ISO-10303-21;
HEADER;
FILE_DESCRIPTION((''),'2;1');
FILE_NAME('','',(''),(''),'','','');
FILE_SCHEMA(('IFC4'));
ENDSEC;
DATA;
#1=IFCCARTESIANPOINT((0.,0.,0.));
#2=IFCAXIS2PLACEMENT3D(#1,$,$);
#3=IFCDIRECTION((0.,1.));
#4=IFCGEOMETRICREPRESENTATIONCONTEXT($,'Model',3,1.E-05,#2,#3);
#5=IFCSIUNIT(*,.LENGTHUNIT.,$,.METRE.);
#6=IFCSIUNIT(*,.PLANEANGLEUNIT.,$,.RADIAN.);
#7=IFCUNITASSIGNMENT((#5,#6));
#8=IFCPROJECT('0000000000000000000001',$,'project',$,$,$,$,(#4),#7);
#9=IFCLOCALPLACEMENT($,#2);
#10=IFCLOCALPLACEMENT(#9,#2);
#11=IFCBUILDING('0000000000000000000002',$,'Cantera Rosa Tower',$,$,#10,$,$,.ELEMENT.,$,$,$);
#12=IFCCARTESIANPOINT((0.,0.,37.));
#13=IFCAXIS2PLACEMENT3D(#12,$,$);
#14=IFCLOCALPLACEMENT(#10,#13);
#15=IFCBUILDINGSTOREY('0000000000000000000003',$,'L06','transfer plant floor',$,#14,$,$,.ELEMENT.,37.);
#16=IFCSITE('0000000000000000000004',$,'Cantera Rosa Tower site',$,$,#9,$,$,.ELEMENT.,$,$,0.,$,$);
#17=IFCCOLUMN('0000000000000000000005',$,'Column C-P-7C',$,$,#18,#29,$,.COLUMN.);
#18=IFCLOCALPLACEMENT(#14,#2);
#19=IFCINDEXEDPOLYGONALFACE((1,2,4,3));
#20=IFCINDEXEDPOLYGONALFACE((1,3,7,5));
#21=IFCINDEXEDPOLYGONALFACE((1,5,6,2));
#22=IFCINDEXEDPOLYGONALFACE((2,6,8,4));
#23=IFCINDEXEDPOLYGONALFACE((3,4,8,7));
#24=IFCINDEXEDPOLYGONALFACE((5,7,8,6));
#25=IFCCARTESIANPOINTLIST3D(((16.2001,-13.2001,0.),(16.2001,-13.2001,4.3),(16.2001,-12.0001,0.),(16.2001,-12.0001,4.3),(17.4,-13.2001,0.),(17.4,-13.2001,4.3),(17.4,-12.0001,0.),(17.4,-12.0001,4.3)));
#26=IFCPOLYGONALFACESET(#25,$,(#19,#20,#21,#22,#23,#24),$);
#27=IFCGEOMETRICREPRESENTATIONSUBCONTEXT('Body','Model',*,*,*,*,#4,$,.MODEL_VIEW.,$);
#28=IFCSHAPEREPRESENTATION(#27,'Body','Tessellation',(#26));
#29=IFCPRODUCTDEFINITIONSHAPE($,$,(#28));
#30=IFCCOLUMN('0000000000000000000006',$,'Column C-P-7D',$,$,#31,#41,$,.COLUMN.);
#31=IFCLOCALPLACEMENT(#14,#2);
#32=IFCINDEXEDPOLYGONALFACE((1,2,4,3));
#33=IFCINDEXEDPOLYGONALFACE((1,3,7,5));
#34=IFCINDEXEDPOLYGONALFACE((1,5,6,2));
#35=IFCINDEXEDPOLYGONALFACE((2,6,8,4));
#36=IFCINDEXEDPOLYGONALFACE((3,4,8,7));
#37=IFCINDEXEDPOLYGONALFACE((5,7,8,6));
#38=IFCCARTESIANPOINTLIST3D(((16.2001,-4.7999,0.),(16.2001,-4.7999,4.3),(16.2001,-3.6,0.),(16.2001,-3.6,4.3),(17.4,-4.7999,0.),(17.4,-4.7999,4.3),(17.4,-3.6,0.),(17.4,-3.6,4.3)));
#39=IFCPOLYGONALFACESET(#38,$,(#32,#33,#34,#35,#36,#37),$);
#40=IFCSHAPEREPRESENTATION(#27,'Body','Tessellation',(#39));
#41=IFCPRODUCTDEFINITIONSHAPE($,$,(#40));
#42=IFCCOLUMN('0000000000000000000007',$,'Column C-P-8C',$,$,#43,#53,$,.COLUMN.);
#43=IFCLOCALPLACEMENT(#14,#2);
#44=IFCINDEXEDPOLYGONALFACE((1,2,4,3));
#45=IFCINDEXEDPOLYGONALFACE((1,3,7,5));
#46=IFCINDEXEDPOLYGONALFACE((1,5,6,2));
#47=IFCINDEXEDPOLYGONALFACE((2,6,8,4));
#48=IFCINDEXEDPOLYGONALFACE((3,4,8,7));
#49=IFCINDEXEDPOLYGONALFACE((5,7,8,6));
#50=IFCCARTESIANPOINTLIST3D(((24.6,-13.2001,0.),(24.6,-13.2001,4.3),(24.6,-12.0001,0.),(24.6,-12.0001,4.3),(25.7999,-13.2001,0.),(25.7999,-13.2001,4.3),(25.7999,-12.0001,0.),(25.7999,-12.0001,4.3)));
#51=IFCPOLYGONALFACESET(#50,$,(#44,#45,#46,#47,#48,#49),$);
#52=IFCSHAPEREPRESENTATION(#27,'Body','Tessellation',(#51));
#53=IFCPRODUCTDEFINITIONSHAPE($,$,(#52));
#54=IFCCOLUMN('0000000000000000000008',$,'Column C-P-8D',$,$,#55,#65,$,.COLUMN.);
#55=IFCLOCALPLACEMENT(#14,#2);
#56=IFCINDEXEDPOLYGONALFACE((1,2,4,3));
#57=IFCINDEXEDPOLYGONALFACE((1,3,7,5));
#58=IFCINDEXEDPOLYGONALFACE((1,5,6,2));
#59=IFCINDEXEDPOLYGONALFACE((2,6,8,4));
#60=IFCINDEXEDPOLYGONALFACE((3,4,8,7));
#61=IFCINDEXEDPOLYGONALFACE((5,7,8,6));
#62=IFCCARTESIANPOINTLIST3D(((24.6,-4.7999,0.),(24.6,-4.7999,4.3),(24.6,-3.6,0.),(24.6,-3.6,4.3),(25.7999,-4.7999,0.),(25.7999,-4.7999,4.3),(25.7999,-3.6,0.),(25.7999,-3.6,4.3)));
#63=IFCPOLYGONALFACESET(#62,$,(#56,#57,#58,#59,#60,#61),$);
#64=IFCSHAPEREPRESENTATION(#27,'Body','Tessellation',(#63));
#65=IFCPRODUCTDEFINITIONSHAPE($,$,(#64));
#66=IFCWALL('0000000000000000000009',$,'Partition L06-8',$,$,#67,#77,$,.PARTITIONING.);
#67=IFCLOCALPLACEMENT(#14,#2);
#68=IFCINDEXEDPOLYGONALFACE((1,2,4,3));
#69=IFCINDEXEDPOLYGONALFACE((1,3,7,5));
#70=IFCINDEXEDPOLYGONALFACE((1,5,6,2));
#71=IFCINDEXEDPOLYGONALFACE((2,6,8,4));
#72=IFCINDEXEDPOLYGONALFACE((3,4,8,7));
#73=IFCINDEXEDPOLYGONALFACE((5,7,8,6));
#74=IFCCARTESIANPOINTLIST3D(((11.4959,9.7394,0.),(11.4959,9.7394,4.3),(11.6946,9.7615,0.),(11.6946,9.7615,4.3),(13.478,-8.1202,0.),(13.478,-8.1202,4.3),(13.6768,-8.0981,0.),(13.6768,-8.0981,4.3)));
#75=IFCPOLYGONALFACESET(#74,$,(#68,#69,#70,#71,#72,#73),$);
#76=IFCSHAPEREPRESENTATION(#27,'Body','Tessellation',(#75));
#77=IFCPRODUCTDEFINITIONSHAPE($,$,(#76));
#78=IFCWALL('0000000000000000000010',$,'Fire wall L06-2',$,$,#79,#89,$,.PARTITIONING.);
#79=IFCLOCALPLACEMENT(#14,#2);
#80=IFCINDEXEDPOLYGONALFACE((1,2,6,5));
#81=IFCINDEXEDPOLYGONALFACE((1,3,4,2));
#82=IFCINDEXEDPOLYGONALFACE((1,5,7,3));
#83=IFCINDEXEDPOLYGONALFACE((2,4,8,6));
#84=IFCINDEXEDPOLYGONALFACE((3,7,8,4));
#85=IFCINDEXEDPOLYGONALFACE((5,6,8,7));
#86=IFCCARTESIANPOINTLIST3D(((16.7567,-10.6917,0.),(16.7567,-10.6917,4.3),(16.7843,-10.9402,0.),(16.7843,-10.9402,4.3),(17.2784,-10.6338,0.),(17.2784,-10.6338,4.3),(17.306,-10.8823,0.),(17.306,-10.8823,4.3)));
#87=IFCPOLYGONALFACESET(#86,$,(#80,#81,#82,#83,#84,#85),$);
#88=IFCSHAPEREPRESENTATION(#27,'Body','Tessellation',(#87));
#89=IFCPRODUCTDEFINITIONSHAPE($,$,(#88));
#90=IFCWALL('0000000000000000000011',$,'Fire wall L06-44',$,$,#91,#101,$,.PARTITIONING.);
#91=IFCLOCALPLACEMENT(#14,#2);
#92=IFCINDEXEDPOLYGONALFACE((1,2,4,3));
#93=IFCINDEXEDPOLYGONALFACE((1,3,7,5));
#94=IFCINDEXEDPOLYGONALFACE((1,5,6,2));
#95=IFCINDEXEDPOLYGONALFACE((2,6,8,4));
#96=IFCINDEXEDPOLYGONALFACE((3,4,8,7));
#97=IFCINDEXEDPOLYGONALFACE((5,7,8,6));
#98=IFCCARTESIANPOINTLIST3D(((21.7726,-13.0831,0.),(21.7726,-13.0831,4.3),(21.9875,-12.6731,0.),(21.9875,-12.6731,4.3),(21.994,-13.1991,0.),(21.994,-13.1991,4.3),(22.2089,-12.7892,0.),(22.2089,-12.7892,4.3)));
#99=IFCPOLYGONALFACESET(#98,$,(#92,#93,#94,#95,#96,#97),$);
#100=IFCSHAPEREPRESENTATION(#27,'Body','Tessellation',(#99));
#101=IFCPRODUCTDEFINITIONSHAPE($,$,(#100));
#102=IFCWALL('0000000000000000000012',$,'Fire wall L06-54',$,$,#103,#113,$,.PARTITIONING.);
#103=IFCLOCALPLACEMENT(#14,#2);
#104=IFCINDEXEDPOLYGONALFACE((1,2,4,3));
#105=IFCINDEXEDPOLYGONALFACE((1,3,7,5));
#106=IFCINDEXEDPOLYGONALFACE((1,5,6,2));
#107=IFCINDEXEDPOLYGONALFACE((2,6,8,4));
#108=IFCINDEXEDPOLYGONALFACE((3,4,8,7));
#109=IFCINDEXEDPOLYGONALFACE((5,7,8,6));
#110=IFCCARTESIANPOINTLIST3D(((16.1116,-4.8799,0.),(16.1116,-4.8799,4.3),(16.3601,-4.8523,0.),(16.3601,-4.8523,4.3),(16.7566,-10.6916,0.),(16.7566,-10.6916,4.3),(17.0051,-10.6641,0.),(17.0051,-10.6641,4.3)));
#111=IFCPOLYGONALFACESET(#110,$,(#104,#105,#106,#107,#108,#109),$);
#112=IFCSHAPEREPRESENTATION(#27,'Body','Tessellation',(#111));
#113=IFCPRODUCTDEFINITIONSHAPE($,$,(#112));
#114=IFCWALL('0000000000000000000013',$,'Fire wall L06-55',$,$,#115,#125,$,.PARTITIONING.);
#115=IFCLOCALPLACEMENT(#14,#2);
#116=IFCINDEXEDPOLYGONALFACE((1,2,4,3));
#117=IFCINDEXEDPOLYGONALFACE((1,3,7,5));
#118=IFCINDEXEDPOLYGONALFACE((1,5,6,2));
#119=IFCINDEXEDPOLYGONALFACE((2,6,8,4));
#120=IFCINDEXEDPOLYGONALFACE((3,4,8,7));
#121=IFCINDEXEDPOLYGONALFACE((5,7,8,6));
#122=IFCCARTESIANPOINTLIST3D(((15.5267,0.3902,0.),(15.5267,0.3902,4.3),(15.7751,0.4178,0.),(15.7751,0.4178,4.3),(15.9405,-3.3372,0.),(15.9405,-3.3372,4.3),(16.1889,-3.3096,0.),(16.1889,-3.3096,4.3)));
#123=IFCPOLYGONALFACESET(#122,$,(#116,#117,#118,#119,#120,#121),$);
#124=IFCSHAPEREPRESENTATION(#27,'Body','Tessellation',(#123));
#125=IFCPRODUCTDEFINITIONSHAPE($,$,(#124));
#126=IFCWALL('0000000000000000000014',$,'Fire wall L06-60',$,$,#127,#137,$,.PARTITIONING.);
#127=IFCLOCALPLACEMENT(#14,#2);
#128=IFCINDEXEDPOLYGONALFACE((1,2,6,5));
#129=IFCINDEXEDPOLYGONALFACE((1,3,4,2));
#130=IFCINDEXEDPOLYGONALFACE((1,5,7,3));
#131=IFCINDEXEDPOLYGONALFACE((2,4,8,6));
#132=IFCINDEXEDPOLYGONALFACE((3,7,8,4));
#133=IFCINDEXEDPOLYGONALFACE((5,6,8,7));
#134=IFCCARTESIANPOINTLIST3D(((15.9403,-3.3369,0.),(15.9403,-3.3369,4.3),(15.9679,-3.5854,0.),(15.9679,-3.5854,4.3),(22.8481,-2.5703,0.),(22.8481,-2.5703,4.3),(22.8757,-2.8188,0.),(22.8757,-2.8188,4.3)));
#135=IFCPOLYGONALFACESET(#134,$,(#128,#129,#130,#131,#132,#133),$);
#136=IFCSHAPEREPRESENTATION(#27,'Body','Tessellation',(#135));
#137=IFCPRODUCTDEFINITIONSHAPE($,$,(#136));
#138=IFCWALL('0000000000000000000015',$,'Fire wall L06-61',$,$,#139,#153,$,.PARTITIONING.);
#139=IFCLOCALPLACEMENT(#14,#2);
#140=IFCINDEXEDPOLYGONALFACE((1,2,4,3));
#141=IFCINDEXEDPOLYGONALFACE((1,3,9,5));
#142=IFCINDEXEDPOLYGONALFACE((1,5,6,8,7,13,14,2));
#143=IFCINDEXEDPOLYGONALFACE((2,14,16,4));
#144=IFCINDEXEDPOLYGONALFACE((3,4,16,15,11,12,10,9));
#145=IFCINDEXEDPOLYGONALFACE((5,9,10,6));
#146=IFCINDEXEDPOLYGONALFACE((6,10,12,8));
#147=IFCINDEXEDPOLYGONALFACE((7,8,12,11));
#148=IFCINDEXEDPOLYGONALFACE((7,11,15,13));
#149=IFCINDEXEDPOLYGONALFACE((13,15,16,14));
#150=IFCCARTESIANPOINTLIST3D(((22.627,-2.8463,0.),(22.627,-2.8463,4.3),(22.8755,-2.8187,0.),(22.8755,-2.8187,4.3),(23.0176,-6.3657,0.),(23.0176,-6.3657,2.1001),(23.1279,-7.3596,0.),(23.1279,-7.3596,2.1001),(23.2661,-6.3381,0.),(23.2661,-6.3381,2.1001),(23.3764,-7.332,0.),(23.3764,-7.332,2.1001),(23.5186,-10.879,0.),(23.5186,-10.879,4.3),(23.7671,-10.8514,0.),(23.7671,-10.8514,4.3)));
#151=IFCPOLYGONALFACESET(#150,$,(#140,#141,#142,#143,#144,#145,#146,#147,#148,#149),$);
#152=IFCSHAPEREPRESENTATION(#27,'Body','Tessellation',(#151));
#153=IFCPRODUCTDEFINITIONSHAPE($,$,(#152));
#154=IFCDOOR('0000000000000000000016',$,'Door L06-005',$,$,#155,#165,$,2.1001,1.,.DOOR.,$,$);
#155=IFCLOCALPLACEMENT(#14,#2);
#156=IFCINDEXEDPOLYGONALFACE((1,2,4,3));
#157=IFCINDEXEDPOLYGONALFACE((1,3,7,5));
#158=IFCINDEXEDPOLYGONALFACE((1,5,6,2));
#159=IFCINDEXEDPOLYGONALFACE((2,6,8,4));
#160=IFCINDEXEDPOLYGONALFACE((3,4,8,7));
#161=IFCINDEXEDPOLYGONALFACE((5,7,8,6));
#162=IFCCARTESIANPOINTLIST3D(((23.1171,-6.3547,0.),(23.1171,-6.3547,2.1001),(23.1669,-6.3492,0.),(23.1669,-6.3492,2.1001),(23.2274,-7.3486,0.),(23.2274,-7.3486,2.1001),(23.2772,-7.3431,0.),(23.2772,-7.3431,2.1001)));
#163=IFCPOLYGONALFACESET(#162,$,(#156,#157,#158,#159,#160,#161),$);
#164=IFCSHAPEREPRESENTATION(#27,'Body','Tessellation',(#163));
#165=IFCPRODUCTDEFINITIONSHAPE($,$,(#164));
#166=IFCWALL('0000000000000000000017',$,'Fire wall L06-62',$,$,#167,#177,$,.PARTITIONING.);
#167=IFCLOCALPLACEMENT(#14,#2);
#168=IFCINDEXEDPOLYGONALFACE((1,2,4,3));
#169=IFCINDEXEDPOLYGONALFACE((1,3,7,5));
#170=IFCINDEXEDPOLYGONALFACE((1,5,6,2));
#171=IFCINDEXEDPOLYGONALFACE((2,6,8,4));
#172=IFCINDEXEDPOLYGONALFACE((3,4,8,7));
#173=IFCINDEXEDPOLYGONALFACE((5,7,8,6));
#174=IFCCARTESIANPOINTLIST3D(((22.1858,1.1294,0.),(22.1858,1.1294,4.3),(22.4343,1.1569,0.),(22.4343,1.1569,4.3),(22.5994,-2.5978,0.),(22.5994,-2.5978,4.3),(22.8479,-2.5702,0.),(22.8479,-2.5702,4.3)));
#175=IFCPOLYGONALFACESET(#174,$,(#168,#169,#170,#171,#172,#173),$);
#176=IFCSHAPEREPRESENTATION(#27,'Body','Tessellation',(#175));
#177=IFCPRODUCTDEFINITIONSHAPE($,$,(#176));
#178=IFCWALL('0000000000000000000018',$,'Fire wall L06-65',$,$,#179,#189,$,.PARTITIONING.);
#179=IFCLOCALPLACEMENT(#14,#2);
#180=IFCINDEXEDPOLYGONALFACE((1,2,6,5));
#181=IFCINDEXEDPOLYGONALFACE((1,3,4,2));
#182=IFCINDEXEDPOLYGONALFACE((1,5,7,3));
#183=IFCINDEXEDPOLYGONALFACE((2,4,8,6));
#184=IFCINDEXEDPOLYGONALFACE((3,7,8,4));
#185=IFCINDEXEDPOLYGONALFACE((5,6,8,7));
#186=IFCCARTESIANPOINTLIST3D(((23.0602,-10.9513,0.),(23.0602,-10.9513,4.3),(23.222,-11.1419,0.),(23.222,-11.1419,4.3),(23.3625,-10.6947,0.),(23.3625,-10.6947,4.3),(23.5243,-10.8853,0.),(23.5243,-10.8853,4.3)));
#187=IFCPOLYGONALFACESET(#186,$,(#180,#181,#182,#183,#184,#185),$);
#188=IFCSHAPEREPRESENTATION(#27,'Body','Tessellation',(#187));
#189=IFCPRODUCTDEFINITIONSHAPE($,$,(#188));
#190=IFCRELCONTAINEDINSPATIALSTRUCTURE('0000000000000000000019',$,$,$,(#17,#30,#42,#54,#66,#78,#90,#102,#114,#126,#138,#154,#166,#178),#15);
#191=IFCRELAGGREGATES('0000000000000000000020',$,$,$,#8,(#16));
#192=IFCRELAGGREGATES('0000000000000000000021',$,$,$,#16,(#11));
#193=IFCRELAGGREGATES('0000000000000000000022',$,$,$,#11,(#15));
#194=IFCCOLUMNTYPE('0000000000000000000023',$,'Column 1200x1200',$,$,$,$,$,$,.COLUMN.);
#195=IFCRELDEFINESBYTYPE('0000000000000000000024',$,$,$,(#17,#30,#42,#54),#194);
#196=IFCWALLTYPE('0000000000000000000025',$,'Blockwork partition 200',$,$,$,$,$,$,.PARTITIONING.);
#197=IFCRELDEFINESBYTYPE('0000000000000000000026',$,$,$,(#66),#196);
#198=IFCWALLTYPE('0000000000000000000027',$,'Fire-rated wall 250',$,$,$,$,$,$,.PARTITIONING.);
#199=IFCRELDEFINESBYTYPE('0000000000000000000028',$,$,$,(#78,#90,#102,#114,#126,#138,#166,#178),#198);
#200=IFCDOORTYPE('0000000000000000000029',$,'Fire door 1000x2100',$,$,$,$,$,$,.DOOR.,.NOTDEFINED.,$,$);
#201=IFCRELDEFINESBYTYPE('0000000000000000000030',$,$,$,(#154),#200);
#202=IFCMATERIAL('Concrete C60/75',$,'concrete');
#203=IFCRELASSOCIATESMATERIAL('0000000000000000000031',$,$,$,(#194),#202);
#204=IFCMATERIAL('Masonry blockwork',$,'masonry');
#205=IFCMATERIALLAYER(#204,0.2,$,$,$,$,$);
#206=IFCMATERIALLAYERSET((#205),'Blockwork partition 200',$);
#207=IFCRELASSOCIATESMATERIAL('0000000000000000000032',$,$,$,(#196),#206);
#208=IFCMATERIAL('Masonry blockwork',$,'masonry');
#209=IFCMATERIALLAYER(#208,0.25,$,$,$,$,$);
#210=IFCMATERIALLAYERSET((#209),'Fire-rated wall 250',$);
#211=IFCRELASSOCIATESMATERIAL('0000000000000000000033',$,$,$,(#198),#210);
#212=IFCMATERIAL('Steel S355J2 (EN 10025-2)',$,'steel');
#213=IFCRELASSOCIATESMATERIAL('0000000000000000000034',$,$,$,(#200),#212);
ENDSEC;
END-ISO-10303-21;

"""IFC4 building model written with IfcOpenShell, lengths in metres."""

from ifc_helpers import new_model, si_unit, direction, frame, frame_2d, origin, origin_2d, place, context, subcontext, project, spatial, rectangle, extrude, material, layer, layer_set, material_profile, profile_set, type_object, element, fill, save


model = new_model("IFC4")

# Units and contexts
model_context = context("Model", 3, precision=1e-05, world=origin(), true_north=direction((0.0, 1.0)))
body_context = subcontext(model_context, "Body", "Model", "MODEL_VIEW")
ifc_project = project(units=[si_unit("LENGTHUNIT", "METRE"), si_unit("PLANEANGLEUNIT", "RADIAN")], contexts=[model_context])

# Site, building, storey
site_placement = place(None, origin())
site = spatial("IfcSite", under=ifc_project, at=site_placement, Name="Cantera Rosa Tower site", CompositionType="ELEMENT", RefElevation=0.0)
building_placement = place(site_placement, origin())
building = spatial("IfcBuilding", under=site, at=building_placement, Name="Cantera Rosa Tower", CompositionType="ELEMENT")
storey_placement = place(building_placement, frame((0.0, 0.0, 37.0)))
storey = spatial("IfcBuildingStorey", under=building, at=storey_placement, Name="L06", Description="transfer plant floor", CompositionType="ELEMENT", Elevation=37.0)

# Columns
ifc_material_1 = material(Name="Concrete C60/75", Category="concrete")
ifc_material_profile = material_profile(ifc_material_1, rectangle(XDim=1.2, YDim=1.2, at=origin_2d()), Name="Column 1200x1200")
ifc_profile_set = profile_set([ifc_material_profile], Name="Concrete C60/75")
column_type = type_object("IfcColumnType", Name="Column 1200x1200", PredefinedType="COLUMN", material=ifc_profile_set)
for number, where, z_axis, x_axis, name in (
    (1, (16.8, -12.6001, 0.0), (0.0, 0.0, 1.0), (1.0, 0.0, 0.0), "Column C-P-7C"),
    (2, (16.8, -4.2, 0.0), (0.0, 0.0, 1.0), (1.0, 0.0, 0.0), "Column C-P-7D"),
    (3, (25.2, -12.6001, 0.0), (0.0, 0.0, 1.0), (1.0, 0.0, 0.0), "Column C-P-8C"),
    (4, (25.2, -4.2, 0.0), (0.0, 0.0, 1.0), (1.0, 0.0, 0.0), "Column C-P-8D"),
):
    element("IfcColumn", number, at=place(storey_placement, frame(where, z_axis=z_axis, x_axis=x_axis)), inside=storey, type_object=column_type, Name=name, PredefinedType="COLUMN", context=body_context, shape_type="SweptSolid", body=[
        extrude(rectangle(XDim=1.2, YDim=1.2, at=origin_2d()), origin(), (0.0, 0.0, 1.0), 4.3),
    ])

# Walls
ifc_material_2 = material(Name="Masonry blockwork", Category="masonry")
ifc_layer_1 = layer(ifc_material_2, 0.2)
ifc_layer_set_1 = layer_set([ifc_layer_1], Name="Blockwork partition 200")
wall_type_1 = type_object("IfcWallType", Name="Blockwork partition 200", PredefinedType="PARTITIONING", material=ifc_layer_set_1)
wall_1_placement = place(storey_placement, frame((13.5774, -8.1091, 0.0), z_axis=(0.0, 0.0, 1.0), x_axis=(-0.110309, 0.993897, 0.0)))
element("IfcWall", 5, at=wall_1_placement, inside=storey, type_object=wall_type_1, Name="Partition L06-8", PredefinedType="PARTITIONING", context=body_context, shape_type="SweptSolid", body=[
    extrude(rectangle(XDim=17.9692, YDim=0.2, at=frame_2d((8.9846, 0.0))), origin(), (0.0, 0.0, 1.0), 4.3),
])
ifc_material_3 = material(Name="Masonry blockwork", Category="masonry")
ifc_layer_2 = layer(ifc_material_3, 0.25)
ifc_layer_set_2 = layer_set([ifc_layer_2], Name="Fire-rated wall 250")
wall_type_2 = type_object("IfcWallType", Name="Fire-rated wall 250", PredefinedType="PARTITIONING", material=ifc_layer_set_2)
wall_2_placement = place(storey_placement, frame((16.7705, -10.8159, 0.0), z_axis=(0.0, 0.0, 1.0), x_axis=(0.993906, 0.110227, 0.0)))
element("IfcWall", 6, at=wall_2_placement, inside=storey, type_object=wall_type_2, Name="Fire wall L06-2", PredefinedType="PARTITIONING", context=body_context, shape_type="SweptSolid", body=[
    extrude(rectangle(XDim=0.5249, YDim=0.25, at=frame_2d((0.2625, 0.0))), origin(), (0.0, 0.0, 1.0), 4.3),
])
wall_3_placement = place(storey_placement, frame((21.8833, -13.1411, 0.0), z_axis=(0.0, 0.0, 1.0), x_axis=(0.464224, 0.885718, 0.0)))
element("IfcWall", 7, at=wall_3_placement, inside=storey, type_object=wall_type_2, Name="Fire wall L06-44", PredefinedType="PARTITIONING", context=body_context, shape_type="SweptSolid", body=[
    extrude(rectangle(XDim=0.4629, YDim=0.25, at=frame_2d((0.2314, 0.0))), origin(), (0.0, 0.0, 1.0), 4.3),
])
wall_4_placement = place(storey_placement, frame((16.8809, -10.678, 0.0), z_axis=(0.0, 0.0, 1.0), x_axis=(-0.110308, 0.993897, 0.0)))
element("IfcWall", 8, at=wall_4_placement, inside=storey, type_object=wall_type_2, Name="Fire wall L06-54", PredefinedType="PARTITIONING", context=body_context, shape_type="SweptSolid", body=[
    extrude(rectangle(XDim=5.8474, YDim=0.25, at=frame_2d((2.9238, 0.0))), origin(), (0.0, 0.0, 1.0), 4.3),
])
wall_5_placement = place(storey_placement, frame((16.0647, -3.3232, 0.0), z_axis=(0.0, 0.0, 1.0), x_axis=(-0.110346, 0.993893, 0.0)))
element("IfcWall", 9, at=wall_5_placement, inside=storey, type_object=wall_type_2, Name="Fire wall L06-55", PredefinedType="PARTITIONING", context=body_context, shape_type="SweptSolid", body=[
    extrude(rectangle(XDim=3.7502, YDim=0.25, at=frame_2d((1.875, 0.0))), origin(), (0.0, 0.0, 1.0), 4.3),
])
wall_6_placement = place(storey_placement, frame((15.9541, -3.4612, 0.0), z_axis=(0.0, 0.0, 1.0), x_axis=(0.993898, 0.1103, 0.0)))
element("IfcWall", 10, at=wall_6_placement, inside=storey, type_object=wall_type_2, Name="Fire wall L06-60", PredefinedType="PARTITIONING", context=body_context, shape_type="SweptSolid", body=[
    extrude(rectangle(XDim=6.9502, YDim=0.25, at=frame_2d((3.4751, 0.0))), origin(), (0.0, 0.0, 1.0), 4.3),
])

# Wall, opening, door
wall_7_placement = place(storey_placement, frame((23.6428, -10.8652, 0.0), z_axis=(0.0, 0.0, 1.0), x_axis=(-0.110319, 0.993896, 0.0)))
wall_7 = element("IfcWall", 11, at=wall_7_placement, inside=storey, type_object=wall_type_2, Name="Fire wall L06-61", PredefinedType="PARTITIONING", context=body_context, shape_type="SweptSolid", body=[
    extrude(rectangle(XDim=8.082, YDim=0.25, at=frame_2d((4.041, 0.0))), origin(), (0.0, 0.0, 1.0), 4.3),
])
opening_1_placement = place(wall_7_placement, frame((3.541, 0.0, 0.0)))
opening_1 = element("IfcOpeningElement", 12, at=opening_1_placement, cuts=wall_7, PredefinedType="OPENING", context=body_context, shape_type="SweptSolid", body=[
    extrude(rectangle(XDim=1.0, YDim=2.1001, at=frame_2d((0.5, 1.05))), frame((0.0, 0.135, 0.0), z_axis=(0.0, -1.0, 0.0), x_axis=(1.0, 0.0, 0.0)), (0.0, 0.0, 1.0), 0.27),
])
ifc_material_4 = material(Name="Steel S355J2 (EN 10025-2)", Category="steel")
door_type_1 = type_object("IfcDoorType", Name="Fire door 1000x2100", OperationType="NOTDEFINED", PredefinedType="DOOR", material=ifc_material_4)
door_1_placement = place(opening_1_placement, origin())
door_1 = element("IfcDoor", 13, at=door_1_placement, inside=storey, type_object=door_type_1, Name="Door L06-005", OverallHeight=2.1001, OverallWidth=1.0, PredefinedType="DOOR", context=body_context, shape_type="SweptSolid", body=[
    extrude(rectangle(XDim=1.0, YDim=2.1001, at=frame_2d((0.5, 1.05))), frame((0.0, 0.0249, 0.0), z_axis=(0.0, -1.0, 0.0), x_axis=(1.0, 0.0, 0.0)), (0.0, 0.0, 1.0), 0.05),
])
fill(opening_1, door_1)

# Walls
wall_8_placement = place(storey_placement, frame((22.7236, -2.584, 0.0), z_axis=(0.0, 0.0, 1.0), x_axis=(-0.110289, 0.9939, 0.0)))
element("IfcWall", 14, at=wall_8_placement, inside=storey, type_object=wall_type_2, Name="Fire wall L06-62", PredefinedType="PARTITIONING", context=body_context, shape_type="SweptSolid", body=[
    extrude(rectangle(XDim=3.75, YDim=0.25, at=frame_2d((1.875, 0.0))), origin(), (0.0, 0.0, 1.0), 4.3),
])
wall_9_placement = place(storey_placement, frame((23.1411, -11.0466, 0.0), z_axis=(0.0, 0.0, 1.0), x_axis=(0.762334, 0.647184, 0.0)))
element("IfcWall", 15, at=wall_9_placement, inside=storey, type_object=wall_type_2, Name="Fire wall L06-65", PredefinedType="PARTITIONING", context=body_context, shape_type="SweptSolid", body=[
    extrude(rectangle(XDim=0.3965, YDim=0.25, at=frame_2d((0.1982, 0.0))), origin(), (0.0, 0.0, 1.0), 4.3),
])

save(model, "model.ifc")
